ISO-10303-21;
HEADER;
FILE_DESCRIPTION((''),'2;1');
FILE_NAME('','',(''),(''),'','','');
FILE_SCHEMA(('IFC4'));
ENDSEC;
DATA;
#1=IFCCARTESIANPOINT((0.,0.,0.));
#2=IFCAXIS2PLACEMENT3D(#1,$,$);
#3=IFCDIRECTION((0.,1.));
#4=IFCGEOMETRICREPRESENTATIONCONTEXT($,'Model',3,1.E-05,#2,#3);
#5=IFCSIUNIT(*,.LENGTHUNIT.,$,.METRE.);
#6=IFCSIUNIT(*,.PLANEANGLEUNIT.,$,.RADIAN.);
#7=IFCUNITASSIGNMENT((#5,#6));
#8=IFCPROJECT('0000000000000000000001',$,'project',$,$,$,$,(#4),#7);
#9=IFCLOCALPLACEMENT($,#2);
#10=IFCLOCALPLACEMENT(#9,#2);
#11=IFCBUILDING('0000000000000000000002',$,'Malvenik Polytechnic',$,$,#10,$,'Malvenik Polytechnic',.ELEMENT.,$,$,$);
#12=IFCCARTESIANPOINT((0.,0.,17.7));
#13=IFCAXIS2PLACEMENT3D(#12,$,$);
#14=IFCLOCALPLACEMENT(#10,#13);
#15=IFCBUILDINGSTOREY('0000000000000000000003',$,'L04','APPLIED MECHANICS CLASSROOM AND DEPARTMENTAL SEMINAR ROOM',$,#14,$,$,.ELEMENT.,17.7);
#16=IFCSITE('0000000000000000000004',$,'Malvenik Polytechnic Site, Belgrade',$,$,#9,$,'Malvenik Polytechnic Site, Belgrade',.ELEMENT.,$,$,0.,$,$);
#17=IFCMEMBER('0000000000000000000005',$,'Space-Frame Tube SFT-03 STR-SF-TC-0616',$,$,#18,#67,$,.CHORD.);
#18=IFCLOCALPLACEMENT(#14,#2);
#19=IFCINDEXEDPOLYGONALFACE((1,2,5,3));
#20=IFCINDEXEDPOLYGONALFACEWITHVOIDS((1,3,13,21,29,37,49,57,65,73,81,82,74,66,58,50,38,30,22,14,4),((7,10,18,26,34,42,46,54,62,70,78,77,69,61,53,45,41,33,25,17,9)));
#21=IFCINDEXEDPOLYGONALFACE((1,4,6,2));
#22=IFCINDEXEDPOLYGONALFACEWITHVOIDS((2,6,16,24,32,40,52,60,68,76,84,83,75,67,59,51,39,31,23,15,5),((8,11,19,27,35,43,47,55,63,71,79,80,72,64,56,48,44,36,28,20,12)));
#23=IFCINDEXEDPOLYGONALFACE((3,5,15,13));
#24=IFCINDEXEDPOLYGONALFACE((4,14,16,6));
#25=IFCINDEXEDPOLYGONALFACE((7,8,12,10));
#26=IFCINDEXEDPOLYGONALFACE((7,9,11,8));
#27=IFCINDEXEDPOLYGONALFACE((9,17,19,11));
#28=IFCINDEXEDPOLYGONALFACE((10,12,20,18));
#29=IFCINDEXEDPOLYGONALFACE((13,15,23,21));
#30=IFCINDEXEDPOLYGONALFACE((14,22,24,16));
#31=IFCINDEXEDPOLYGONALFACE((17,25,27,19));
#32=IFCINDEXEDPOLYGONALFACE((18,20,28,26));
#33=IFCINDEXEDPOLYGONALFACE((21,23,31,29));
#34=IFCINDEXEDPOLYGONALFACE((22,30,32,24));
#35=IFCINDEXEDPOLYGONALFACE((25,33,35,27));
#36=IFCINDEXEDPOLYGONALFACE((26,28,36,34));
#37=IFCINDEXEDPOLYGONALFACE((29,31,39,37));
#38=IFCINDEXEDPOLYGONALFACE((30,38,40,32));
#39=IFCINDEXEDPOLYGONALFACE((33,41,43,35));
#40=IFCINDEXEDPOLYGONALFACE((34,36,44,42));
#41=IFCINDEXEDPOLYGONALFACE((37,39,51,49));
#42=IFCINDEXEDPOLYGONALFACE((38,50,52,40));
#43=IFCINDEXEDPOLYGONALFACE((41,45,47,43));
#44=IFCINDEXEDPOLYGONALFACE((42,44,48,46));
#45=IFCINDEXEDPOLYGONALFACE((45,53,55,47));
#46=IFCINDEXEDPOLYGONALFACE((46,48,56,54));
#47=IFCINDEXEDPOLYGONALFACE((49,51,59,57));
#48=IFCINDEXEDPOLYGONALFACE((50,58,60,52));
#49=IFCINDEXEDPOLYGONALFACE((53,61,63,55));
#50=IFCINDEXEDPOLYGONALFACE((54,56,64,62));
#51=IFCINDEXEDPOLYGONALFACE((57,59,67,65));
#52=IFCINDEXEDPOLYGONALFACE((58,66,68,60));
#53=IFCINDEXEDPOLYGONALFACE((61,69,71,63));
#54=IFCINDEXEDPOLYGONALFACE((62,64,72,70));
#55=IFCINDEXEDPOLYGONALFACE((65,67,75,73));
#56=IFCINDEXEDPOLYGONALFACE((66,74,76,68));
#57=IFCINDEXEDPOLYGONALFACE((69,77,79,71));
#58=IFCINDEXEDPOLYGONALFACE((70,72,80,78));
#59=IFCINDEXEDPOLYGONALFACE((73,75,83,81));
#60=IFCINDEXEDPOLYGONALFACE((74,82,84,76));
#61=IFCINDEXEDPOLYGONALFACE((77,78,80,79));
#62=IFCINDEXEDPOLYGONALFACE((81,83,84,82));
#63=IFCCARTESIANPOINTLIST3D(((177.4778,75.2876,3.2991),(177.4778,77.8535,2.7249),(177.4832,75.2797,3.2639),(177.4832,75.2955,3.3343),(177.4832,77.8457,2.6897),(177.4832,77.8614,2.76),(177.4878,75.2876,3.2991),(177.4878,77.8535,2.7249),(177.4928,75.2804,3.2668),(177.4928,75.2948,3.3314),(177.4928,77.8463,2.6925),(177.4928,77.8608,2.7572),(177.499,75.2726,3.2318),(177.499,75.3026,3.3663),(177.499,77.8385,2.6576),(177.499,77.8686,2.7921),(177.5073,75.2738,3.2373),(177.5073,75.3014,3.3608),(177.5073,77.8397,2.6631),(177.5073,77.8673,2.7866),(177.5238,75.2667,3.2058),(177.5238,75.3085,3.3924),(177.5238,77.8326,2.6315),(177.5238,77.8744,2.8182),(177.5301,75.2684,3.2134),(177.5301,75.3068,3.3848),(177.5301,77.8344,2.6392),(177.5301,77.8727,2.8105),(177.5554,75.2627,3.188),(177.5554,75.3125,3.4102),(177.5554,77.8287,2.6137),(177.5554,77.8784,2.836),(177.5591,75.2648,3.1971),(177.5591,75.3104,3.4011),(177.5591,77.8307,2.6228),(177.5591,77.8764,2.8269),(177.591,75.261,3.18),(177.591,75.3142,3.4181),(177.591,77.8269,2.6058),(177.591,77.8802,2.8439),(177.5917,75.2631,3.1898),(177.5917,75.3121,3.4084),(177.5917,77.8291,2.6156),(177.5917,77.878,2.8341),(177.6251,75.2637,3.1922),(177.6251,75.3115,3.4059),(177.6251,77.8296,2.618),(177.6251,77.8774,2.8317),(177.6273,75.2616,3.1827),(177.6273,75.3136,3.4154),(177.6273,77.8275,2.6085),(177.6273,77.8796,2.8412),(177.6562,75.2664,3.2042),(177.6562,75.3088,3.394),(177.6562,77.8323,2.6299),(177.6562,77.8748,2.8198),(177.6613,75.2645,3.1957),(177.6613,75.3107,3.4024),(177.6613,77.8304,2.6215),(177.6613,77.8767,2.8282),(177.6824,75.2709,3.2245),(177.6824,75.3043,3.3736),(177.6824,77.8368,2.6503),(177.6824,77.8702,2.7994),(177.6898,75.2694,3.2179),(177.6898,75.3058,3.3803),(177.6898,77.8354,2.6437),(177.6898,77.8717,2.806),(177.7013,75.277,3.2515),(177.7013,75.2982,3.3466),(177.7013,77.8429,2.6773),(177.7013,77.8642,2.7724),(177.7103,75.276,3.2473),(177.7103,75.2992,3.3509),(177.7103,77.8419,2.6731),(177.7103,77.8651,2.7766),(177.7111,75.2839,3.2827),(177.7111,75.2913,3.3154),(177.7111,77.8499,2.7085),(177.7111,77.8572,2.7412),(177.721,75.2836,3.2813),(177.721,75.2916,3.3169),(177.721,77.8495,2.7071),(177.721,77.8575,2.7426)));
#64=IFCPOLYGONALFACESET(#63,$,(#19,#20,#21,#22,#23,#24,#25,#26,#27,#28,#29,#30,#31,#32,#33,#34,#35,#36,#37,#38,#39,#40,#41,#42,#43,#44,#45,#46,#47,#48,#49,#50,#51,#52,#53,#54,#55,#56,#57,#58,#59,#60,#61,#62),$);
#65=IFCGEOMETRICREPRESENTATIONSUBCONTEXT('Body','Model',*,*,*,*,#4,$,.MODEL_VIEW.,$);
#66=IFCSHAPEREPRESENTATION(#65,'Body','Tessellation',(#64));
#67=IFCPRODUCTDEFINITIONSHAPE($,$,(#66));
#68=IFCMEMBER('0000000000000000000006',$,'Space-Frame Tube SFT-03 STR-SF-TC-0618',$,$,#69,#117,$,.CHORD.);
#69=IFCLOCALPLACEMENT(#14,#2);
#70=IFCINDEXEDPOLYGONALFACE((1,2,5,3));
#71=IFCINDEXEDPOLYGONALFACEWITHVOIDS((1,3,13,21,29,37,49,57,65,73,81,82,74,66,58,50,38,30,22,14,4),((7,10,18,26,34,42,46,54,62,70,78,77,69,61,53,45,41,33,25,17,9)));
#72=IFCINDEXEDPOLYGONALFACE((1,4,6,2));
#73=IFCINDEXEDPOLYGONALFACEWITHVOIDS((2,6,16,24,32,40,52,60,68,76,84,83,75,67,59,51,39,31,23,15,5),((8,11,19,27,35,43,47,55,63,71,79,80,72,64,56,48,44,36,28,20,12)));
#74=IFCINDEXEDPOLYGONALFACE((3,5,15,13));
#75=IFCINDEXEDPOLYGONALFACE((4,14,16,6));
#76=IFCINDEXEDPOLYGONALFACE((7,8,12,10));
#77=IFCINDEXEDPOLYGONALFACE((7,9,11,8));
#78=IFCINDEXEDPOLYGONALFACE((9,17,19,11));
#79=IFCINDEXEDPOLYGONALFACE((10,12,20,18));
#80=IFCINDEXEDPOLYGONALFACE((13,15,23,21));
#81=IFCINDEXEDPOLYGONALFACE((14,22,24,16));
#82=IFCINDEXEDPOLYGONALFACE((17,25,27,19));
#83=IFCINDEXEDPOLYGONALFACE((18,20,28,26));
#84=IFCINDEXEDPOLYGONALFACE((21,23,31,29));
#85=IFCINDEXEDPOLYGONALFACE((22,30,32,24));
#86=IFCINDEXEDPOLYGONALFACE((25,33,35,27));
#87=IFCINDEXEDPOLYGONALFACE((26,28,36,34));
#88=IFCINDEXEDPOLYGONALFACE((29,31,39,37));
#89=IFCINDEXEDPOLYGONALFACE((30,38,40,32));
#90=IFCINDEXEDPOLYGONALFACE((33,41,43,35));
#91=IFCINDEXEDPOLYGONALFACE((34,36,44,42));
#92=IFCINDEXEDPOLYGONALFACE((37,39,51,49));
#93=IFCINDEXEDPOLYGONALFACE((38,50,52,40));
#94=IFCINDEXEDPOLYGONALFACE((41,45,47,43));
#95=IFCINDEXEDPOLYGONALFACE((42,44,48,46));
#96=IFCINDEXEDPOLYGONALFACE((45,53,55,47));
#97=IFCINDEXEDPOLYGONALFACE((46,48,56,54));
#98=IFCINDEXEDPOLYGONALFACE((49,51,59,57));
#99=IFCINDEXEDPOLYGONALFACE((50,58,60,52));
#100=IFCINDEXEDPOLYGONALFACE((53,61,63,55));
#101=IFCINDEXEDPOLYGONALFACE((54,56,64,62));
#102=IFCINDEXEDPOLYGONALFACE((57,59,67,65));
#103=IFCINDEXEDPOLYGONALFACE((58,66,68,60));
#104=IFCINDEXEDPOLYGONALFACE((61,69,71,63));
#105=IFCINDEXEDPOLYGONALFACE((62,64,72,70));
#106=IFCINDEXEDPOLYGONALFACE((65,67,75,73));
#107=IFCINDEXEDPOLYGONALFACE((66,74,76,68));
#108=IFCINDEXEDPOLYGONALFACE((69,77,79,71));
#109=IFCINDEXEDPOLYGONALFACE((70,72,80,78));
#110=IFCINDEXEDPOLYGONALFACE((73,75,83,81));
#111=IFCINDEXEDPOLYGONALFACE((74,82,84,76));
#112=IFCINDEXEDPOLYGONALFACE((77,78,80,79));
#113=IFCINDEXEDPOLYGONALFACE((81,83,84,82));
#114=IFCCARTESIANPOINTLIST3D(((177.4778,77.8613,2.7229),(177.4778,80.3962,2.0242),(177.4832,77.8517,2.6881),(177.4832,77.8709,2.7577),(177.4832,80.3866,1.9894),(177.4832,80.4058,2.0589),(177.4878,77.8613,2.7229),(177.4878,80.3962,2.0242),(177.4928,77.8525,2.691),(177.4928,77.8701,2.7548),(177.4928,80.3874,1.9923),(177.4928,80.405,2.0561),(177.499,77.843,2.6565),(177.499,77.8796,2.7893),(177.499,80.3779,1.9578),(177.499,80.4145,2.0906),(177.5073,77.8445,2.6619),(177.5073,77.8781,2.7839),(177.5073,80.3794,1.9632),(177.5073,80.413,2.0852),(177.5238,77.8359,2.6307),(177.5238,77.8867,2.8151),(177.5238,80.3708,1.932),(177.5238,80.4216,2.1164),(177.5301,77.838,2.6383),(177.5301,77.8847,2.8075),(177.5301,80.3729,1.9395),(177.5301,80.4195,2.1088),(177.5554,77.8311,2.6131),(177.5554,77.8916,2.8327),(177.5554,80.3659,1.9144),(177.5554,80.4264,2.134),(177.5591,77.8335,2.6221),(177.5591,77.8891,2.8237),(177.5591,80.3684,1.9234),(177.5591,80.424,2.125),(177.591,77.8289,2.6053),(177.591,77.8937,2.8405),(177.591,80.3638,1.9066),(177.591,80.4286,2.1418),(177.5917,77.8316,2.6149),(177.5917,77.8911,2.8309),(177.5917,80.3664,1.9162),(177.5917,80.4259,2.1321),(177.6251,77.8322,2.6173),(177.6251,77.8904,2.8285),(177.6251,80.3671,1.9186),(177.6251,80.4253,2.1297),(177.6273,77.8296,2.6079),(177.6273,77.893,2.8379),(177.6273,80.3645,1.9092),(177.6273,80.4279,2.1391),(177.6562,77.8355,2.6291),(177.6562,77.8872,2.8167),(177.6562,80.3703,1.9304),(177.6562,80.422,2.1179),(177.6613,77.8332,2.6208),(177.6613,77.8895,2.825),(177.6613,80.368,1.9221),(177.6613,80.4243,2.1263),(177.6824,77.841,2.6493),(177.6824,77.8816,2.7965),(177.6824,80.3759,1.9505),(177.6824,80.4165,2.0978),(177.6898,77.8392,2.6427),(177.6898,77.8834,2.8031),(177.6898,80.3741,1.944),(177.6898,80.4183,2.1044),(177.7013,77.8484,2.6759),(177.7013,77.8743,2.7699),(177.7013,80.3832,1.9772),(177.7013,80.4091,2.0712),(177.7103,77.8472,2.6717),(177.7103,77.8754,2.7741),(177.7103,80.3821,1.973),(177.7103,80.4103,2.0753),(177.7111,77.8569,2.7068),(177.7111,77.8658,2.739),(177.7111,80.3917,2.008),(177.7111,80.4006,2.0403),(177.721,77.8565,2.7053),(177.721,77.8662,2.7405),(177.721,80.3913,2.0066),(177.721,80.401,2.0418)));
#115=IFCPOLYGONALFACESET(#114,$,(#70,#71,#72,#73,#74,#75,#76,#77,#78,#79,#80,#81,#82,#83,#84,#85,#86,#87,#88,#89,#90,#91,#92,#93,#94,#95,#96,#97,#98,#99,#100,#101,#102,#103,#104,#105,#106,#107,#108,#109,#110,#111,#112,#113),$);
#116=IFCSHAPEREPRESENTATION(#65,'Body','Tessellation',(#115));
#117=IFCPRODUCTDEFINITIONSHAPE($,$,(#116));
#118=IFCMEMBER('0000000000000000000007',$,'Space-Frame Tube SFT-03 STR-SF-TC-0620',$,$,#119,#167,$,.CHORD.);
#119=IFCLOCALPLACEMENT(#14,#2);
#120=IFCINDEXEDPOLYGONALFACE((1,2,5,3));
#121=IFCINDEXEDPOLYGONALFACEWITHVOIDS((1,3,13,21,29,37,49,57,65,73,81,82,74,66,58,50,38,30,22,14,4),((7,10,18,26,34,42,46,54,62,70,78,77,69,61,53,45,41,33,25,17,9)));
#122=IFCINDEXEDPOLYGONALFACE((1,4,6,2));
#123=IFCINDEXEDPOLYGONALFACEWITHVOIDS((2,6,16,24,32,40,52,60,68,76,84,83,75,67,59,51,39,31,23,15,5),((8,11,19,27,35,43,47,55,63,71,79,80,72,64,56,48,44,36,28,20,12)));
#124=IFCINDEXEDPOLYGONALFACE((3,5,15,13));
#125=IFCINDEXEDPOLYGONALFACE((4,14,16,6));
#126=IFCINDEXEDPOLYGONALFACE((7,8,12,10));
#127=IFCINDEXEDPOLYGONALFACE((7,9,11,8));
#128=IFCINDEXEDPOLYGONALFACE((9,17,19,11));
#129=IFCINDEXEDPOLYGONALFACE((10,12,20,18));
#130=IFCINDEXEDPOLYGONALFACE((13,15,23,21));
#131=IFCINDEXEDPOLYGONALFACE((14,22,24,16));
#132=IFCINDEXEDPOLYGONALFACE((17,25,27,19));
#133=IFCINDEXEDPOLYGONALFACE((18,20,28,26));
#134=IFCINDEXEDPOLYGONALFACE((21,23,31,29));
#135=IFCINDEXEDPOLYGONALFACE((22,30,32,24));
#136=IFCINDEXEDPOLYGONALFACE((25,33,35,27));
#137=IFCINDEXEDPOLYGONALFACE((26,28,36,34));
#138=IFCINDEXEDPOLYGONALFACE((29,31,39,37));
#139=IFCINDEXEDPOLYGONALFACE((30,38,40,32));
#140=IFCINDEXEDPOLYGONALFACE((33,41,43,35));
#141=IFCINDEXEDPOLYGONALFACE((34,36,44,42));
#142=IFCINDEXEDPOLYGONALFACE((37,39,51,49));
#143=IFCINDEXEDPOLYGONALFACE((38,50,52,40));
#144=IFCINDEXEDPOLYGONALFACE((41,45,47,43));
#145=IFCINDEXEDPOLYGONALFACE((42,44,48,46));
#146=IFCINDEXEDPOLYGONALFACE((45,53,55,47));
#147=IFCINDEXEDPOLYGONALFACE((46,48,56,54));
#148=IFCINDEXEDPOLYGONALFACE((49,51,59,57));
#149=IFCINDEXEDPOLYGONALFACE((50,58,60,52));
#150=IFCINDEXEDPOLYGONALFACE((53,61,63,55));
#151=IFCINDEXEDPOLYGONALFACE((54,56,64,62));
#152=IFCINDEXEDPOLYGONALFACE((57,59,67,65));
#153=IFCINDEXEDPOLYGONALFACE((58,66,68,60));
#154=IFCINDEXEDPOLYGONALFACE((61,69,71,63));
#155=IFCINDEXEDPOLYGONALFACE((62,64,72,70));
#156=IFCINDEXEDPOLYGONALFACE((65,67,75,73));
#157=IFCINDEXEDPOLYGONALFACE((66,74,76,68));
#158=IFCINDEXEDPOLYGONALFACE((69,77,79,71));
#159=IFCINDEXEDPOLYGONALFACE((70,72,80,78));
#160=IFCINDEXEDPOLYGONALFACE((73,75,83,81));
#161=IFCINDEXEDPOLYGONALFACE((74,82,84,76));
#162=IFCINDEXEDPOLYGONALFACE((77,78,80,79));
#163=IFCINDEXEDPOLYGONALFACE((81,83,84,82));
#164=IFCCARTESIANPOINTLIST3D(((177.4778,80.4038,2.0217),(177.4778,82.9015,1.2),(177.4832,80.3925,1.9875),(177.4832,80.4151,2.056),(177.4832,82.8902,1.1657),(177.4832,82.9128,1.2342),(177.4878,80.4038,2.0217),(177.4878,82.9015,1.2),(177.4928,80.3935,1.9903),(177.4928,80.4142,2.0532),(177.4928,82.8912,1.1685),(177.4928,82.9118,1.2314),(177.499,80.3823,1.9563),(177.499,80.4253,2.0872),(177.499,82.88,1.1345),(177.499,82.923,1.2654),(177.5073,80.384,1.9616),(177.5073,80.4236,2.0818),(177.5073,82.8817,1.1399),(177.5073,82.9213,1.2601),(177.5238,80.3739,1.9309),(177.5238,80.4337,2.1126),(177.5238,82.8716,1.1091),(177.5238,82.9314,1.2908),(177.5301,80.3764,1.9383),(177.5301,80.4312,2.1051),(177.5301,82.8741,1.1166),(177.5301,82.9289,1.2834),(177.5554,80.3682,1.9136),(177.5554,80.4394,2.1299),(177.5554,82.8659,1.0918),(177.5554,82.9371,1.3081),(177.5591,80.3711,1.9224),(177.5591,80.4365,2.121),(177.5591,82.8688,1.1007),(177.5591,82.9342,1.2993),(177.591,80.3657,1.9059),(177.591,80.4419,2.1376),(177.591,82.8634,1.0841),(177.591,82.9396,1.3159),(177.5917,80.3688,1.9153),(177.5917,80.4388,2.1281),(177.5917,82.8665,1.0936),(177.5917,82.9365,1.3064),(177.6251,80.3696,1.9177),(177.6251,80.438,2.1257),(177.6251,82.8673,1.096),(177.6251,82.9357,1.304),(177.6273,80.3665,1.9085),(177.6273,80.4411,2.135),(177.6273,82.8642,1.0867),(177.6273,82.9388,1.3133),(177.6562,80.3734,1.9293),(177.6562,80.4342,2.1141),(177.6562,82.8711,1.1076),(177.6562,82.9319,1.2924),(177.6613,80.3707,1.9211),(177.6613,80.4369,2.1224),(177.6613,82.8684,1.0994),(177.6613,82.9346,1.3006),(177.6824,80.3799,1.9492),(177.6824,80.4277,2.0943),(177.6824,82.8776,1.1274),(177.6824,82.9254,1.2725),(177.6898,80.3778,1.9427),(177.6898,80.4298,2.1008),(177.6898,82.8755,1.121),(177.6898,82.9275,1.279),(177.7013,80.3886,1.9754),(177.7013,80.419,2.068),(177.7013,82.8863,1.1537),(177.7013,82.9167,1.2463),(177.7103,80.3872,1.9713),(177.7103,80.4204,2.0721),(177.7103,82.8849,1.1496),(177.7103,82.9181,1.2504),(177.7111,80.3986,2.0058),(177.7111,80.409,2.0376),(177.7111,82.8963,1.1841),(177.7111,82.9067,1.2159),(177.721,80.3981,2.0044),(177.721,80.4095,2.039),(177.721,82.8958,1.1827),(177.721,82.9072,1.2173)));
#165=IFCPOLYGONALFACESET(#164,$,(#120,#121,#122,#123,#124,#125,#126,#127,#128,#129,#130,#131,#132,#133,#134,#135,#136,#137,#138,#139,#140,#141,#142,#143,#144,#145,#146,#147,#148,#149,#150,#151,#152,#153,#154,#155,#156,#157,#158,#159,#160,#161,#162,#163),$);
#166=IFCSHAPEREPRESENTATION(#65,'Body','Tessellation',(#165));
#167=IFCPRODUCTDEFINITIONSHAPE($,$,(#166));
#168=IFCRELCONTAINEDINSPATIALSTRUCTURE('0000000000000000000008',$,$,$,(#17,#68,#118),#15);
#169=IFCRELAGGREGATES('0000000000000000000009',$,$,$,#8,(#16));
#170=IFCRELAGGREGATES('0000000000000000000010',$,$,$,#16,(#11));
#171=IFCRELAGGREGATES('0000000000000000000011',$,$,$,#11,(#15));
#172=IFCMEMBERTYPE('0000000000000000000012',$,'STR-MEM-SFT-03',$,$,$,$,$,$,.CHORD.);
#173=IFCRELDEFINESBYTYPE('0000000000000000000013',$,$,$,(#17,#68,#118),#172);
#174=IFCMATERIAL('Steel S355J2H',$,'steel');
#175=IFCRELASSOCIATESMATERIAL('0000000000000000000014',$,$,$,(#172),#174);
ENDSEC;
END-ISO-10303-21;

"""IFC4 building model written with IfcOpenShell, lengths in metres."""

from ifc_helpers import new_model, si_unit, direction, frame, origin, origin_2d, place, context, subcontext, project, spatial, hollow_circle, extrude, material, material_profile, profile_set, type_object, element, save


model = new_model("IFC4")

# Units and contexts
model_context = context("Model", 3, precision=1e-05, world=origin(), true_north=direction((0.0, 1.0)))
body_context = subcontext(model_context, "Body", "Model", "MODEL_VIEW")
ifc_project = project(units=[si_unit("LENGTHUNIT", "METRE"), si_unit("PLANEANGLEUNIT", "RADIAN")], contexts=[model_context])

# Site, building, storey
site_placement = place(None, origin())
site = spatial("IfcSite", under=ifc_project, at=site_placement, Name="Malvenik Polytechnic Site, Belgrade", LongName="Malvenik Polytechnic Site, Belgrade", CompositionType="ELEMENT", RefElevation=0.0)
building_placement = place(site_placement, origin())
building = spatial("IfcBuilding", under=site, at=building_placement, Name="Malvenik Polytechnic", LongName="Malvenik Polytechnic", CompositionType="ELEMENT")
storey_placement = place(building_placement, frame((0.0, 0.0, 17.7)))
storey = spatial("IfcBuildingStorey", under=building, at=storey_placement, Name="L04", Description="APPLIED MECHANICS CLASSROOM AND DEPARTMENTAL SEMINAR ROOM", CompositionType="ELEMENT", Elevation=17.7)

# Members
ifc_material = material(Name="Steel S355J2H", Category="steel")
ifc_material_profile_1 = material_profile(ifc_material, hollow_circle(Radius=0.1223, WallThickness=0.01, at=origin_2d()), Name="CHS 244.5x10.0")
ifc_profile_set_1 = profile_set([ifc_material_profile_1], Name="Steel S355J2H")
member_type_1 = type_object("IfcMemberType", Name="STR-MEM-SFT-03", PredefinedType="CHORD", material=ifc_profile_set_1)
for number, where, z_axis, x_axis, name in (
    (1, (177.6001, 75.2876, 3.2991), (0.0, 0.975863, -0.218385), (-1.0, 0.0, 0.0), "Space-Frame Tube SFT-03 STR-SF-TC-0616"),
    (2, (177.6001, 77.8613, 2.7229), (0.0, 0.964047, -0.265733), (-1.0, 0.0, 0.0), "Space-Frame Tube SFT-03 STR-SF-TC-0618"),
    (3, (177.6001, 80.4038, 2.0217), (0.0, 0.949911, -0.312521), (-1.0, 0.0, 0.0), "Space-Frame Tube SFT-03 STR-SF-TC-0620"),
):
    element("IfcMember", number, at=place(storey_placement, frame(where, z_axis=z_axis, x_axis=x_axis)), inside=storey, type_object=member_type_1, Name=name, PredefinedType="CHORD", context=body_context, shape_type="SweptSolid", body=[
        extrude(hollow_circle(Radius=0.1223, WallThickness=0.01, at=origin_2d()), origin(), (0.0, 0.0, 1.0), 2.6294),
    ])

save(model, "model.ifc")
